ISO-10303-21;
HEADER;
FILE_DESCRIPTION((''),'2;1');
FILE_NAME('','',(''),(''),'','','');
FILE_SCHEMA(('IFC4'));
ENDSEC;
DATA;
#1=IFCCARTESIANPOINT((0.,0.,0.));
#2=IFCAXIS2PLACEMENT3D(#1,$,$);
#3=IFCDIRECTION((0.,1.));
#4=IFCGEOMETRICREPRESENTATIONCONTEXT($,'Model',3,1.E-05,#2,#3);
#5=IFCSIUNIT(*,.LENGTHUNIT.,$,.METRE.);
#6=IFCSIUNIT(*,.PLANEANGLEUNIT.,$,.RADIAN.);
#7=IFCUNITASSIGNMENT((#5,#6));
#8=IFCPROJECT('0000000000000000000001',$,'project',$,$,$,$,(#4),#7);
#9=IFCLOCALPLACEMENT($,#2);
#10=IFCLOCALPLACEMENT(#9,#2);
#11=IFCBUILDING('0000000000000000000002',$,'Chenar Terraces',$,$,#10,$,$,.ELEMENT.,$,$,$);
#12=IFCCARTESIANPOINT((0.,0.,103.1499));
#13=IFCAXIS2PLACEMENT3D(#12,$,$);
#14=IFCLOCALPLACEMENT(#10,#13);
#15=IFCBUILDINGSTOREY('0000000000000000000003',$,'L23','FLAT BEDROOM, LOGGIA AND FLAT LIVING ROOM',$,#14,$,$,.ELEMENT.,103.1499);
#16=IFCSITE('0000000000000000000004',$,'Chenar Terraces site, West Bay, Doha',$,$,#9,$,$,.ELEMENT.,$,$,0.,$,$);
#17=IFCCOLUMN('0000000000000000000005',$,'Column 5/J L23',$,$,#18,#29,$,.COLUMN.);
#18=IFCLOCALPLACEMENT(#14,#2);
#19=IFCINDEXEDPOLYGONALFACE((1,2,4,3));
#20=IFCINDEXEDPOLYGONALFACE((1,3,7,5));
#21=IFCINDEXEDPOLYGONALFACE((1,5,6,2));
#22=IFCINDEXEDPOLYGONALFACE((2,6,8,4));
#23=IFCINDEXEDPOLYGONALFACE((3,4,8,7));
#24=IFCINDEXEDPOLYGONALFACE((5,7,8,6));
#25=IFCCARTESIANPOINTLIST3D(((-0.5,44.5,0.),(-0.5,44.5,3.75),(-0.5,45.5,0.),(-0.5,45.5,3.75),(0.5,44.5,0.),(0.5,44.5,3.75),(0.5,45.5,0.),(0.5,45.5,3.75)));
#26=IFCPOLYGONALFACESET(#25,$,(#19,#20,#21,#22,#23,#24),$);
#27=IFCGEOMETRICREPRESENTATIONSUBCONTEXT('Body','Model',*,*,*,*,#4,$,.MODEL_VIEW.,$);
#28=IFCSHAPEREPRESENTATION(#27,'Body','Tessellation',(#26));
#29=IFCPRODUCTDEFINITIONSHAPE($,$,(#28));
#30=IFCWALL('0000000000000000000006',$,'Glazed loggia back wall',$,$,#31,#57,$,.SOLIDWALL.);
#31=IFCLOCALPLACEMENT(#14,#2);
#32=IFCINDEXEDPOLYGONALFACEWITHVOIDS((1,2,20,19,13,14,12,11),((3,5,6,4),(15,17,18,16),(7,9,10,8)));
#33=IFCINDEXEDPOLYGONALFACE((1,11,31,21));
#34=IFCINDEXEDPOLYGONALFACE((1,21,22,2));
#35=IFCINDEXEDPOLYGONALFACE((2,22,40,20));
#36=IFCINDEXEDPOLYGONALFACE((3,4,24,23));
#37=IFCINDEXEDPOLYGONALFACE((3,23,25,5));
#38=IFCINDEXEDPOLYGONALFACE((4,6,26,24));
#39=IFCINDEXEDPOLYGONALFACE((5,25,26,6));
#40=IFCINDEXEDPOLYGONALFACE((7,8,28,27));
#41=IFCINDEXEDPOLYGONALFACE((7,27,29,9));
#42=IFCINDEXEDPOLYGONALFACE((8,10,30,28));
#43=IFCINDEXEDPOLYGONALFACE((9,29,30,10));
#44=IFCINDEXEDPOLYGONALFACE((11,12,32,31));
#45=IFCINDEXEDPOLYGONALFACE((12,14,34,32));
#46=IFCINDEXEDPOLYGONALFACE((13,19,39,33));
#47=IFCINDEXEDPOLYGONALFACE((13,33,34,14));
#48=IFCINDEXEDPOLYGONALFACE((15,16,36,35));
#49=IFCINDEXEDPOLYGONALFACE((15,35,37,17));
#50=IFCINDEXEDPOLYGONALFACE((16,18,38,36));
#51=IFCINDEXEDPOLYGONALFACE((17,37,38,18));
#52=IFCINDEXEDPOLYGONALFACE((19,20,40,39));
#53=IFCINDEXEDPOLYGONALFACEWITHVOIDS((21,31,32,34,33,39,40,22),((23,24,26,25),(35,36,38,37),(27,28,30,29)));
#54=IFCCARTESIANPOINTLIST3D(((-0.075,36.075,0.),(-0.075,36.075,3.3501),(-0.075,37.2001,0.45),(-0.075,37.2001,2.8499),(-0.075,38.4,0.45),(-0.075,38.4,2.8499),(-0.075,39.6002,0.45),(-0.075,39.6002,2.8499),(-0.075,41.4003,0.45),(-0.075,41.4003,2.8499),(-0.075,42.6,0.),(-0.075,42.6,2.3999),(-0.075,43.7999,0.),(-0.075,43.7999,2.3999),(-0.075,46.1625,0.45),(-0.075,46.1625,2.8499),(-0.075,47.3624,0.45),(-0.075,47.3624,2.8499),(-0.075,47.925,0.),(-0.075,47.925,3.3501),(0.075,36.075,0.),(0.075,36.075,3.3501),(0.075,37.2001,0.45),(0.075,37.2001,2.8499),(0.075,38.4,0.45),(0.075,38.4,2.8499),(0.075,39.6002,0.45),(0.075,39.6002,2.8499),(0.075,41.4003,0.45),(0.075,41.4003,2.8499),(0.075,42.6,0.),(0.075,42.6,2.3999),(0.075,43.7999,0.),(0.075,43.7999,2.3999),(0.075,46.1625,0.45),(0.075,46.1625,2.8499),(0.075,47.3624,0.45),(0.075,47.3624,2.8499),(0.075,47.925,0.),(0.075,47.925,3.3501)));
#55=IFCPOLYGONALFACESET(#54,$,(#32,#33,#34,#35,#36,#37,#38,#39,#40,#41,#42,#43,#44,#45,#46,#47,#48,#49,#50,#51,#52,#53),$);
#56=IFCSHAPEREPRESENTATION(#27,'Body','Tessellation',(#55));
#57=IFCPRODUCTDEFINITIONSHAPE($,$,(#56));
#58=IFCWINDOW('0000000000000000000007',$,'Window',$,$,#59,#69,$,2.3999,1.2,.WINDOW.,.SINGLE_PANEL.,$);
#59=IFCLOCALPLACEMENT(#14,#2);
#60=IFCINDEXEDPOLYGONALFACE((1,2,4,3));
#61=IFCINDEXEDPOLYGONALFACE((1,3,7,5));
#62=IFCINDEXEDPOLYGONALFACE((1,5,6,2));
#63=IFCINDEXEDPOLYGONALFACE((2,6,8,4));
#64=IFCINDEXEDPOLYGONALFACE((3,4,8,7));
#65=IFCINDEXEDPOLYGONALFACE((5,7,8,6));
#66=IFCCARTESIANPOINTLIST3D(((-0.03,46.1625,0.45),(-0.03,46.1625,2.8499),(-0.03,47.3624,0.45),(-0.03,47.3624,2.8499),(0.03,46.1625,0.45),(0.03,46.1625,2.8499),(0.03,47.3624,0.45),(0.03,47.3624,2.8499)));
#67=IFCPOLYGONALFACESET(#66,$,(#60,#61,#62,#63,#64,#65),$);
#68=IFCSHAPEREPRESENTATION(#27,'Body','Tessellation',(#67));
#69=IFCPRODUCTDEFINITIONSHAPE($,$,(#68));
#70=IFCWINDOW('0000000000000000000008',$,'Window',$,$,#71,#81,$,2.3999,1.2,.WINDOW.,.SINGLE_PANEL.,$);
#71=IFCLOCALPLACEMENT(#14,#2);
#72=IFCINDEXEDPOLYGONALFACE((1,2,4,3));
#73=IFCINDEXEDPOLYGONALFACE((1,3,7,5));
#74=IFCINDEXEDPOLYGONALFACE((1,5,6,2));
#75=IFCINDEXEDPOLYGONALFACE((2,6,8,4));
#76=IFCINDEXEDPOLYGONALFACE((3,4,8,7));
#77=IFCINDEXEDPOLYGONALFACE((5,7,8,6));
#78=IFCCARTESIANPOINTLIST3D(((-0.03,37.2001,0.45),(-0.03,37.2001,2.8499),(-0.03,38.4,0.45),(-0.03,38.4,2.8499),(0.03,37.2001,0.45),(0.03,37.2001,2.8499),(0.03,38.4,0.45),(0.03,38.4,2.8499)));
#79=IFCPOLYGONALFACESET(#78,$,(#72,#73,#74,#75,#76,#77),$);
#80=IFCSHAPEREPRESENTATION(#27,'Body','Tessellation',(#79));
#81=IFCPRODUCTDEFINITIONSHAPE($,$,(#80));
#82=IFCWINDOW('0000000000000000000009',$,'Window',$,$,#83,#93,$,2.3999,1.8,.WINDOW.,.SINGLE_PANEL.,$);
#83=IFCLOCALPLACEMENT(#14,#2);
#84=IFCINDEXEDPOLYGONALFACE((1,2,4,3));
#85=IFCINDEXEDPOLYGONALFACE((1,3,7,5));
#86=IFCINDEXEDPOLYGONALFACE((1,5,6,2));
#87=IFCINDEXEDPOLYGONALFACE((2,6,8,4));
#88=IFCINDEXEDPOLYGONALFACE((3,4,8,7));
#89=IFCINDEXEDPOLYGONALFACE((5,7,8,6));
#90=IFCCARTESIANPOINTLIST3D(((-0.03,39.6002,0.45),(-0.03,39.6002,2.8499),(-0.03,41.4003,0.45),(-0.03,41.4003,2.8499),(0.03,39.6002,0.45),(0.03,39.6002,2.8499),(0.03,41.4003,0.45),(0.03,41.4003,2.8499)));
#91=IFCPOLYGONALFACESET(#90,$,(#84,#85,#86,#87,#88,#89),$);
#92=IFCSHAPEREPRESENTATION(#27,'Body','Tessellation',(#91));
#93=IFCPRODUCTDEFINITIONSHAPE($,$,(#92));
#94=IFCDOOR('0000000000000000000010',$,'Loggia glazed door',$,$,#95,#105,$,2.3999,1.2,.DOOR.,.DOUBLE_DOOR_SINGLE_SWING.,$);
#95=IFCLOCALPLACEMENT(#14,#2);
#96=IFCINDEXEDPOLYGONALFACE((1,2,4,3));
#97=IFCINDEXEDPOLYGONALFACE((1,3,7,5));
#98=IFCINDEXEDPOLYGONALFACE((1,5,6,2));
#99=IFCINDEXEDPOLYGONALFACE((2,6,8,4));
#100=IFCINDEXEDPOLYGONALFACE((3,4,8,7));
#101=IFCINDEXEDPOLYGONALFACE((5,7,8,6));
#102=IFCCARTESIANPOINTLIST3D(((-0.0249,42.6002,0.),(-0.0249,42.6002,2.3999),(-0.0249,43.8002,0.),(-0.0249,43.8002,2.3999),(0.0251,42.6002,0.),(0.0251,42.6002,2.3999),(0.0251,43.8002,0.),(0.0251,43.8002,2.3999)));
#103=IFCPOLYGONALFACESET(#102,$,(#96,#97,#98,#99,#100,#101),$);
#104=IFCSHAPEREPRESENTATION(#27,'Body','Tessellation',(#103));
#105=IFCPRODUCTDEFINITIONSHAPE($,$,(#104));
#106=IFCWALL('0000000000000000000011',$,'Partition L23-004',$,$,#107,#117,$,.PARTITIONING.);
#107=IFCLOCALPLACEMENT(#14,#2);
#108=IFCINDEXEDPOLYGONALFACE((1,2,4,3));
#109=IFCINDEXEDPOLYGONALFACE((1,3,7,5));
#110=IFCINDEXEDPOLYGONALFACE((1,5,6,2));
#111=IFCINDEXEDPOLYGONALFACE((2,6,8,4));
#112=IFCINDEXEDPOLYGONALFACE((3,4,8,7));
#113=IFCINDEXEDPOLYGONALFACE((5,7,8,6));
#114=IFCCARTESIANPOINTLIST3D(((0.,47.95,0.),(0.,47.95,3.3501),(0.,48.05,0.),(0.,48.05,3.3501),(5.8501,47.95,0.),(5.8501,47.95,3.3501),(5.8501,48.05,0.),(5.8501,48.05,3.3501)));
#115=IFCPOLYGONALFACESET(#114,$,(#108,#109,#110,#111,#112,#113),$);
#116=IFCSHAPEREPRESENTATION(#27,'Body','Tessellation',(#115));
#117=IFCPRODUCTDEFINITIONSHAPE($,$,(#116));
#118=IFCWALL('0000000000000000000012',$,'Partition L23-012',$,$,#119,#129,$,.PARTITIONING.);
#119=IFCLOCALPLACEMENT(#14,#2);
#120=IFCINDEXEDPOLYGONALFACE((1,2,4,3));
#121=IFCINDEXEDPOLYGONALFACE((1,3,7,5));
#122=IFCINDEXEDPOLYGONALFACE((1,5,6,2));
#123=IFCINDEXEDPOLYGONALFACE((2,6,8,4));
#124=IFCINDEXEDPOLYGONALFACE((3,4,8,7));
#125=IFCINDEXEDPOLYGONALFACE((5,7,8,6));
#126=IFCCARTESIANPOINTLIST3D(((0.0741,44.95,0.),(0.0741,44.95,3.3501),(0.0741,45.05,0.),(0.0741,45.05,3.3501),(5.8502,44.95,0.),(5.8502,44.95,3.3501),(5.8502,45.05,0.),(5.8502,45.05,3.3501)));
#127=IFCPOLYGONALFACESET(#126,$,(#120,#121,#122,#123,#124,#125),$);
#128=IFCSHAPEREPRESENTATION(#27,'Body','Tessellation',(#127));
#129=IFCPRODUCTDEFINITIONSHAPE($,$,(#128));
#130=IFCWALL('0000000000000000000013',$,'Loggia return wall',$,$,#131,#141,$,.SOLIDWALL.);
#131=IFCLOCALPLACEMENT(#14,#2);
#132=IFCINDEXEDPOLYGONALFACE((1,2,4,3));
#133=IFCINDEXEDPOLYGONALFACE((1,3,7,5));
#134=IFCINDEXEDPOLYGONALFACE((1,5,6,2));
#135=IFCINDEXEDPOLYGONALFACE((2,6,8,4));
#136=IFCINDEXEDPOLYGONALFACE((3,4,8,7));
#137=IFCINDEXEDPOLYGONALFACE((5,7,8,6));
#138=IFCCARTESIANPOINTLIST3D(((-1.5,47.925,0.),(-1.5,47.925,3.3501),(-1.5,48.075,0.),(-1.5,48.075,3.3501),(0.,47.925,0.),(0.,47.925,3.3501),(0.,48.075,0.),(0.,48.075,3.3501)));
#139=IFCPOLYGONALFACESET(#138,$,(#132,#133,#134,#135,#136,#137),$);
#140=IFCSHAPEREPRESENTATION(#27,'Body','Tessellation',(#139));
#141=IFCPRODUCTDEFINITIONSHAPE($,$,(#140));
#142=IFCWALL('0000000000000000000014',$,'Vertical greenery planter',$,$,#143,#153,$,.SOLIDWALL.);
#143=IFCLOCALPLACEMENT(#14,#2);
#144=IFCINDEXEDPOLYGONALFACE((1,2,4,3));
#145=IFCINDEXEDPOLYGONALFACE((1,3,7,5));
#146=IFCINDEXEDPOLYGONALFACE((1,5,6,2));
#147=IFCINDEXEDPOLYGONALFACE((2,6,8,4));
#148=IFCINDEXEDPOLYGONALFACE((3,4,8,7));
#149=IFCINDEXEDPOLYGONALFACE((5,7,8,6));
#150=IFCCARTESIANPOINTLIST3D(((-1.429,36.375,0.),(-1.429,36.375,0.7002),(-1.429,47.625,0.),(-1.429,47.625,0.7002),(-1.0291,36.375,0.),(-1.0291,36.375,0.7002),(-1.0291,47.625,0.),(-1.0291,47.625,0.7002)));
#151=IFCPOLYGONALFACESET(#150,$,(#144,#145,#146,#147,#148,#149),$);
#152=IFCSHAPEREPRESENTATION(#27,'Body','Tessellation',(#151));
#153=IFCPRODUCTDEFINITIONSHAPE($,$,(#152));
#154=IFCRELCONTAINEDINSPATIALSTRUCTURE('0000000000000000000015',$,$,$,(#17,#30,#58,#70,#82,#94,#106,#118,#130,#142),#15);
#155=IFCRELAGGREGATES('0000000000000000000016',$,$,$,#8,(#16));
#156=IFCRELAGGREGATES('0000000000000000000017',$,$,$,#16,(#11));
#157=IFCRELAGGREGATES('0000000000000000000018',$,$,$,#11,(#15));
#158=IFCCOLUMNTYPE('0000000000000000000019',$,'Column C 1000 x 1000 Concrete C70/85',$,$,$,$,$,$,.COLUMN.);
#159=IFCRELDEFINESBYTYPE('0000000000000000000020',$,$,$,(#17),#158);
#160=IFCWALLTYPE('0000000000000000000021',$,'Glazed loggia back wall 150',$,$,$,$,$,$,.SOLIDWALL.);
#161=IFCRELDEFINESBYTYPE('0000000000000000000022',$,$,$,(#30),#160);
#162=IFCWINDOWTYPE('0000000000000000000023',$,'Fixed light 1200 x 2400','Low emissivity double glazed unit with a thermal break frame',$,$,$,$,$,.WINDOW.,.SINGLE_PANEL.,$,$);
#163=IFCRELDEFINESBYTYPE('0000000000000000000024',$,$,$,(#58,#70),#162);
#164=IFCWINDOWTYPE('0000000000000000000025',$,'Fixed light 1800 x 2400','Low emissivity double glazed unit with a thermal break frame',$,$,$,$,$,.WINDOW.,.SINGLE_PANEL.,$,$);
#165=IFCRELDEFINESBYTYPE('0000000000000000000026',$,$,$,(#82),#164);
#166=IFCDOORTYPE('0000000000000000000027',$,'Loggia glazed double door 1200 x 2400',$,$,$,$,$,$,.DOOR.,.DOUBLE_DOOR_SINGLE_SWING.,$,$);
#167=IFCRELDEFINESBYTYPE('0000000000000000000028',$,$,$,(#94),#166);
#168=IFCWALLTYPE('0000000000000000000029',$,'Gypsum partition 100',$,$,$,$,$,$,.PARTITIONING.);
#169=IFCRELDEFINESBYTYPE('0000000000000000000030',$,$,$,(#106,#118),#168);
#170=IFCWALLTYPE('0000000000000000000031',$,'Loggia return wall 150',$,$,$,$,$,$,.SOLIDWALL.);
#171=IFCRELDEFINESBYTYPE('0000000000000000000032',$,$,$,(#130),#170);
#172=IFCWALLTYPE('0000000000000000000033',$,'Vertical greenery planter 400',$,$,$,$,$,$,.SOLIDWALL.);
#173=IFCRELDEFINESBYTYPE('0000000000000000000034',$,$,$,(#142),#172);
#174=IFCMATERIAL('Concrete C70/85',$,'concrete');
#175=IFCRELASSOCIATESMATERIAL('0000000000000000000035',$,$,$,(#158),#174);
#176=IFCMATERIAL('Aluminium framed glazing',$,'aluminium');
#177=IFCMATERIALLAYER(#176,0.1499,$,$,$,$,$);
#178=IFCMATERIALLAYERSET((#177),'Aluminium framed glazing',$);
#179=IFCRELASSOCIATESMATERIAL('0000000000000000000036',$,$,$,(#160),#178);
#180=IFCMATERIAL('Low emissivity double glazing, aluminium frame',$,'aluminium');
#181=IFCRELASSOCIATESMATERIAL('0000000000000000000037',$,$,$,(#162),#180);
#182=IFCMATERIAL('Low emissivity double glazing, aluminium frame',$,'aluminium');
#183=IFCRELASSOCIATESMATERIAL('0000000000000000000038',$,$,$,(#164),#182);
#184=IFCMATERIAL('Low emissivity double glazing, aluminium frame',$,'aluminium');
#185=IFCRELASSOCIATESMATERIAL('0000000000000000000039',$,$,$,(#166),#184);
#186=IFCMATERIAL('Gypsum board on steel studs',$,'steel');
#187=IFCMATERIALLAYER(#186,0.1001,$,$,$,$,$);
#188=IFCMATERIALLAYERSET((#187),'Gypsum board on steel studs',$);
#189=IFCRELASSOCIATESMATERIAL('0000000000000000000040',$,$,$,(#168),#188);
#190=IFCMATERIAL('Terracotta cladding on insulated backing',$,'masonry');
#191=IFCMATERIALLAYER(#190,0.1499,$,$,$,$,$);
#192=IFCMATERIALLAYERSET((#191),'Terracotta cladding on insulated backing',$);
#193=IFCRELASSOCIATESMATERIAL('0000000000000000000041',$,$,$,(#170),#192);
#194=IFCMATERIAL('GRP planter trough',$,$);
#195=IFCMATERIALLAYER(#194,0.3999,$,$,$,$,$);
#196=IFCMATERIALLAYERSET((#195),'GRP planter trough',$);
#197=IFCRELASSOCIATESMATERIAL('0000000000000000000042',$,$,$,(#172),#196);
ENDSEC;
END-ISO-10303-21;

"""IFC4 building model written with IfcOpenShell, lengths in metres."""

from ifc_helpers import new_model, si_unit, direction, frame, frame_2d, origin, origin_2d, place, context, subcontext, project, spatial, rectangle, extrude, material, layer, layer_set, material_profile, profile_set, type_object, element, fill, save


model = new_model("IFC4")

# Units and contexts
model_context = context("Model", 3, precision=1e-05, world=origin(), true_north=direction((0.0, 1.0)))
body_context = subcontext(model_context, "Body", "Model", "MODEL_VIEW")
ifc_project = project(units=[si_unit("LENGTHUNIT", "METRE"), si_unit("PLANEANGLEUNIT", "RADIAN")], contexts=[model_context])

# Site, building, storey
site_placement = place(None, origin())
site = spatial("IfcSite", under=ifc_project, at=site_placement, Name="Chenar Terraces site, West Bay, Doha", CompositionType="ELEMENT", RefElevation=0.0)
building_placement = place(site_placement, origin())
building = spatial("IfcBuilding", under=site, at=building_placement, Name="Chenar Terraces", CompositionType="ELEMENT")
storey_placement = place(building_placement, frame((0.0, 0.0, 103.1499)))
storey = spatial("IfcBuildingStorey", under=building, at=storey_placement, Name="L23", Description="FLAT BEDROOM, LOGGIA AND FLAT LIVING ROOM", CompositionType="ELEMENT", Elevation=103.1499)

# Column
ifc_material_1 = material(Name="Concrete C70/85", Category="concrete")
ifc_material_profile = material_profile(ifc_material_1, rectangle(XDim=1.0, YDim=1.0, at=origin_2d()), Name="C 1000 x 1000")
ifc_profile_set = profile_set([ifc_material_profile], Name="Concrete C70/85")
column_type = type_object("IfcColumnType", Name="Column C 1000 x 1000 Concrete C70/85", PredefinedType="COLUMN", material=ifc_profile_set)
column_placement = place(storey_placement, frame((0.0, 45.0, 0.0), z_axis=(0.0, 0.0, 1.0), x_axis=(1.0, 0.0, 0.0)))
element("IfcColumn", 1, at=column_placement, inside=storey, type_object=column_type, Name="Column 5/J L23", PredefinedType="COLUMN", context=body_context, shape_type="SweptSolid", body=[
    extrude(rectangle(XDim=1.0, YDim=1.0, at=origin_2d()), origin(), (0.0, 0.0, 1.0), 3.75),
])

# Wall, openings, windows, door
ifc_material_2 = material(Name="Aluminium framed glazing", Category="aluminium")
ifc_layer_1 = layer(ifc_material_2, 0.1499)
ifc_layer_set_1 = layer_set([ifc_layer_1], Name="Aluminium framed glazing")
wall_type_1 = type_object("IfcWallType", Name="Glazed loggia back wall 150", PredefinedType="SOLIDWALL", material=ifc_layer_set_1)
wall_1_placement = place(storey_placement, frame((0.0, 47.925, 0.0), z_axis=(0.0, 0.0, 1.0), x_axis=(0.0, -1.0, 0.0)))
wall_1 = element("IfcWall", 2, at=wall_1_placement, inside=storey, type_object=wall_type_1, Name="Glazed loggia back wall", PredefinedType="SOLIDWALL", context=body_context, shape_type="SweptSolid", body=[
    extrude(rectangle(XDim=11.8501, YDim=0.1499, at=frame_2d((5.925, 0.0))), origin(), (0.0, 0.0, 1.0), 3.3501),
])
opening_1_placement = place(wall_1_placement, frame((0.5625, 0.0, 0.45)))
opening_1 = element("IfcOpeningElement", 3, at=opening_1_placement, cuts=wall_1, PredefinedType="OPENING", context=body_context, shape_type="SweptSolid", body=[
    extrude(rectangle(XDim=1.2, YDim=2.3999, at=frame_2d((0.6001, 1.2))), frame((0.0, 0.085, 0.0), z_axis=(0.0, -1.0, 0.0), x_axis=(1.0, 0.0, 0.0)), (0.0, 0.0, 1.0), 0.1699),
])
opening_2_placement = place(wall_1_placement, frame((4.125, 0.0, 0.0)))
opening_2 = element("IfcOpeningElement", 4, at=opening_2_placement, cuts=wall_1, PredefinedType="OPENING", context=body_context, shape_type="SweptSolid", body=[
    extrude(rectangle(XDim=1.2, YDim=2.3999, at=frame_2d((0.6001, 1.2))), frame((0.0, 0.085, 0.0), z_axis=(0.0, -1.0, 0.0), x_axis=(1.0, 0.0, 0.0)), (0.0, 0.0, 1.0), 0.1699),
])
opening_3_placement = place(wall_1_placement, frame((6.5249, 0.0, 0.45)))
opening_3 = element("IfcOpeningElement", 5, at=opening_3_placement, cuts=wall_1, PredefinedType="OPENING", context=body_context, shape_type="SweptSolid", body=[
    extrude(rectangle(XDim=1.8, YDim=2.3999, at=frame_2d((0.8999, 1.2))), frame((0.0, 0.085, 0.0), z_axis=(0.0, -1.0, 0.0), x_axis=(1.0, 0.0, 0.0)), (0.0, 0.0, 1.0), 0.1699),
])
opening_4_placement = place(wall_1_placement, frame((9.5249, 0.0, 0.45)))
opening_4 = element("IfcOpeningElement", 6, at=opening_4_placement, cuts=wall_1, PredefinedType="OPENING", context=body_context, shape_type="SweptSolid", body=[
    extrude(rectangle(XDim=1.2, YDim=2.3999, at=frame_2d((0.6001, 1.2))), frame((0.0, 0.085, 0.0), z_axis=(0.0, -1.0, 0.0), x_axis=(1.0, 0.0, 0.0)), (0.0, 0.0, 1.0), 0.1699),
])
ifc_material_3 = material(Name="Low emissivity double glazing, aluminium frame", Category="aluminium")
window_type_1 = type_object("IfcWindowType", Name="Fixed light 1200 x 2400", Description="Low emissivity double glazed unit with a thermal break frame", PartitioningType="SINGLE_PANEL", PredefinedType="WINDOW", material=ifc_material_3)
window_1_placement = place(opening_1_placement, origin())
window_1 = element("IfcWindow", 7, at=window_1_placement, inside=storey, type_object=window_type_1, Name="Window", OverallHeight=2.3999, OverallWidth=1.2, PartitioningType="SINGLE_PANEL", PredefinedType="WINDOW", context=body_context, shape_type="SweptSolid", body=[
    extrude(rectangle(XDim=1.2, YDim=2.3999, at=frame_2d((0.6001, 1.2))), frame((0.0, 0.03, 0.0), z_axis=(0.0, -1.0, 0.0), x_axis=(1.0, 0.0, 0.0)), (0.0, 0.0, 1.0), 0.0601),
])
fill(opening_1, window_1)
window_2_placement = place(opening_4_placement, origin())
window_2 = element("IfcWindow", 8, at=window_2_placement, inside=storey, type_object=window_type_1, Name="Window", OverallHeight=2.3999, OverallWidth=1.2, PartitioningType="SINGLE_PANEL", PredefinedType="WINDOW", context=body_context, shape_type="SweptSolid", body=[
    extrude(rectangle(XDim=1.2, YDim=2.3999, at=frame_2d((0.6001, 1.2))), frame((0.0, 0.03, 0.0), z_axis=(0.0, -1.0, 0.0), x_axis=(1.0, 0.0, 0.0)), (0.0, 0.0, 1.0), 0.0601),
])
fill(opening_4, window_2)
ifc_material_4 = material(Name="Low emissivity double glazing, aluminium frame", Category="aluminium")
window_type_2 = type_object("IfcWindowType", Name="Fixed light 1800 x 2400", Description="Low emissivity double glazed unit with a thermal break frame", PartitioningType="SINGLE_PANEL", PredefinedType="WINDOW", material=ifc_material_4)
window_3_placement = place(opening_3_placement, origin())
window_3 = element("IfcWindow", 9, at=window_3_placement, inside=storey, type_object=window_type_2, Name="Window", OverallHeight=2.3999, OverallWidth=1.8, PartitioningType="SINGLE_PANEL", PredefinedType="WINDOW", context=body_context, shape_type="SweptSolid", body=[
    extrude(rectangle(XDim=1.8, YDim=2.3999, at=frame_2d((0.8999, 1.2))), frame((0.0, 0.03, 0.0), z_axis=(0.0, -1.0, 0.0), x_axis=(1.0, 0.0, 0.0)), (0.0, 0.0, 1.0), 0.0601),
])
fill(opening_3, window_3)
ifc_material_5 = material(Name="Low emissivity double glazing, aluminium frame", Category="aluminium")
door_type = type_object("IfcDoorType", Name="Loggia glazed double door 1200 x 2400", OperationType="DOUBLE_DOOR_SINGLE_SWING", PredefinedType="DOOR", material=ifc_material_5)
door_placement = place(opening_2_placement, frame((1.2, 0.0, 0.0), z_axis=(0.0, 0.0, 1.0), x_axis=(-1.0, 0.0, 0.0)))
door = element("IfcDoor", 10, at=door_placement, inside=storey, type_object=door_type, Name="Loggia glazed door", OperationType="DOUBLE_DOOR_SINGLE_SWING", OverallHeight=2.3999, OverallWidth=1.2, PredefinedType="DOOR", context=body_context, shape_type="SweptSolid", body=[
    extrude(rectangle(XDim=1.2, YDim=2.3999, at=frame_2d((0.6001, 1.2))), frame((0.0, 0.0249, 0.0), z_axis=(0.0, -1.0, 0.0), x_axis=(1.0, 0.0, 0.0)), (0.0, 0.0, 1.0), 0.05),
])
fill(opening_2, door)

# Walls
ifc_material_6 = material(Name="Gypsum board on steel studs", Category="steel")
ifc_layer_2 = layer(ifc_material_6, 0.1001)
ifc_layer_set_2 = layer_set([ifc_layer_2], Name="Gypsum board on steel studs")
wall_type_2 = type_object("IfcWallType", Name="Gypsum partition 100", PredefinedType="PARTITIONING", material=ifc_layer_set_2)
wall_2_placement = place(storey_placement, frame((0.0, 48.0, 0.0), z_axis=(0.0, 0.0, 1.0), x_axis=(1.0, 0.0, 0.0)))
element("IfcWall", 11, at=wall_2_placement, inside=storey, type_object=wall_type_2, Name="Partition L23-004", PredefinedType="PARTITIONING", context=body_context, shape_type="SweptSolid", body=[
    extrude(rectangle(XDim=5.8501, YDim=0.1001, at=frame_2d((2.925, 0.0))), origin(), (0.0, 0.0, 1.0), 3.3501),
])
wall_3_placement = place(storey_placement, frame((0.074, 45.0, 0.0), z_axis=(0.0, 0.0, 1.0), x_axis=(1.0, 0.0, 0.0)))
element("IfcWall", 12, at=wall_3_placement, inside=storey, type_object=wall_type_2, Name="Partition L23-012", PredefinedType="PARTITIONING", context=body_context, shape_type="SweptSolid", body=[
    extrude(rectangle(XDim=5.7761, YDim=0.1001, at=frame_2d((2.8882, 0.0))), origin(), (0.0, 0.0, 1.0), 3.3501),
])
ifc_material_7 = material(Name="Terracotta cladding on insulated backing", Category="masonry")
ifc_layer_3 = layer(ifc_material_7, 0.1499)
ifc_layer_set_3 = layer_set([ifc_layer_3], Name="Terracotta cladding on insulated backing")
wall_type_3 = type_object("IfcWallType", Name="Loggia return wall 150", PredefinedType="SOLIDWALL", material=ifc_layer_set_3)
wall_4_placement = place(storey_placement, frame((-1.5, 48.0, 0.0), z_axis=(0.0, 0.0, 1.0), x_axis=(1.0, 0.0, 0.0)))
element("IfcWall", 13, at=wall_4_placement, inside=storey, type_object=wall_type_3, Name="Loggia return wall", PredefinedType="SOLIDWALL", context=body_context, shape_type="SweptSolid", body=[
    extrude(rectangle(XDim=1.5, YDim=0.1499, at=frame_2d((0.75, 0.0))), origin(), (0.0, 0.0, 1.0), 3.3501),
])
ifc_material_8 = material(Name="GRP planter trough")
ifc_layer_4 = layer(ifc_material_8, 0.3999)
ifc_layer_set_4 = layer_set([ifc_layer_4], Name="GRP planter trough")
wall_type_4 = type_object("IfcWallType", Name="Vertical greenery planter 400", PredefinedType="SOLIDWALL", material=ifc_layer_set_4)
wall_5_placement = place(storey_placement, frame((-1.229, 47.625, 0.0), z_axis=(0.0, 0.0, 1.0), x_axis=(0.0, -1.0, 0.0)))
element("IfcWall", 14, at=wall_5_placement, inside=storey, type_object=wall_type_4, Name="Vertical greenery planter", PredefinedType="SOLIDWALL", context=body_context, shape_type="SweptSolid", body=[
    extrude(rectangle(XDim=11.25, YDim=0.3999, at=frame_2d((5.625, 0.0))), origin(), (0.0, 0.0, 1.0), 0.7002),
])

save(model, "model.ifc")
